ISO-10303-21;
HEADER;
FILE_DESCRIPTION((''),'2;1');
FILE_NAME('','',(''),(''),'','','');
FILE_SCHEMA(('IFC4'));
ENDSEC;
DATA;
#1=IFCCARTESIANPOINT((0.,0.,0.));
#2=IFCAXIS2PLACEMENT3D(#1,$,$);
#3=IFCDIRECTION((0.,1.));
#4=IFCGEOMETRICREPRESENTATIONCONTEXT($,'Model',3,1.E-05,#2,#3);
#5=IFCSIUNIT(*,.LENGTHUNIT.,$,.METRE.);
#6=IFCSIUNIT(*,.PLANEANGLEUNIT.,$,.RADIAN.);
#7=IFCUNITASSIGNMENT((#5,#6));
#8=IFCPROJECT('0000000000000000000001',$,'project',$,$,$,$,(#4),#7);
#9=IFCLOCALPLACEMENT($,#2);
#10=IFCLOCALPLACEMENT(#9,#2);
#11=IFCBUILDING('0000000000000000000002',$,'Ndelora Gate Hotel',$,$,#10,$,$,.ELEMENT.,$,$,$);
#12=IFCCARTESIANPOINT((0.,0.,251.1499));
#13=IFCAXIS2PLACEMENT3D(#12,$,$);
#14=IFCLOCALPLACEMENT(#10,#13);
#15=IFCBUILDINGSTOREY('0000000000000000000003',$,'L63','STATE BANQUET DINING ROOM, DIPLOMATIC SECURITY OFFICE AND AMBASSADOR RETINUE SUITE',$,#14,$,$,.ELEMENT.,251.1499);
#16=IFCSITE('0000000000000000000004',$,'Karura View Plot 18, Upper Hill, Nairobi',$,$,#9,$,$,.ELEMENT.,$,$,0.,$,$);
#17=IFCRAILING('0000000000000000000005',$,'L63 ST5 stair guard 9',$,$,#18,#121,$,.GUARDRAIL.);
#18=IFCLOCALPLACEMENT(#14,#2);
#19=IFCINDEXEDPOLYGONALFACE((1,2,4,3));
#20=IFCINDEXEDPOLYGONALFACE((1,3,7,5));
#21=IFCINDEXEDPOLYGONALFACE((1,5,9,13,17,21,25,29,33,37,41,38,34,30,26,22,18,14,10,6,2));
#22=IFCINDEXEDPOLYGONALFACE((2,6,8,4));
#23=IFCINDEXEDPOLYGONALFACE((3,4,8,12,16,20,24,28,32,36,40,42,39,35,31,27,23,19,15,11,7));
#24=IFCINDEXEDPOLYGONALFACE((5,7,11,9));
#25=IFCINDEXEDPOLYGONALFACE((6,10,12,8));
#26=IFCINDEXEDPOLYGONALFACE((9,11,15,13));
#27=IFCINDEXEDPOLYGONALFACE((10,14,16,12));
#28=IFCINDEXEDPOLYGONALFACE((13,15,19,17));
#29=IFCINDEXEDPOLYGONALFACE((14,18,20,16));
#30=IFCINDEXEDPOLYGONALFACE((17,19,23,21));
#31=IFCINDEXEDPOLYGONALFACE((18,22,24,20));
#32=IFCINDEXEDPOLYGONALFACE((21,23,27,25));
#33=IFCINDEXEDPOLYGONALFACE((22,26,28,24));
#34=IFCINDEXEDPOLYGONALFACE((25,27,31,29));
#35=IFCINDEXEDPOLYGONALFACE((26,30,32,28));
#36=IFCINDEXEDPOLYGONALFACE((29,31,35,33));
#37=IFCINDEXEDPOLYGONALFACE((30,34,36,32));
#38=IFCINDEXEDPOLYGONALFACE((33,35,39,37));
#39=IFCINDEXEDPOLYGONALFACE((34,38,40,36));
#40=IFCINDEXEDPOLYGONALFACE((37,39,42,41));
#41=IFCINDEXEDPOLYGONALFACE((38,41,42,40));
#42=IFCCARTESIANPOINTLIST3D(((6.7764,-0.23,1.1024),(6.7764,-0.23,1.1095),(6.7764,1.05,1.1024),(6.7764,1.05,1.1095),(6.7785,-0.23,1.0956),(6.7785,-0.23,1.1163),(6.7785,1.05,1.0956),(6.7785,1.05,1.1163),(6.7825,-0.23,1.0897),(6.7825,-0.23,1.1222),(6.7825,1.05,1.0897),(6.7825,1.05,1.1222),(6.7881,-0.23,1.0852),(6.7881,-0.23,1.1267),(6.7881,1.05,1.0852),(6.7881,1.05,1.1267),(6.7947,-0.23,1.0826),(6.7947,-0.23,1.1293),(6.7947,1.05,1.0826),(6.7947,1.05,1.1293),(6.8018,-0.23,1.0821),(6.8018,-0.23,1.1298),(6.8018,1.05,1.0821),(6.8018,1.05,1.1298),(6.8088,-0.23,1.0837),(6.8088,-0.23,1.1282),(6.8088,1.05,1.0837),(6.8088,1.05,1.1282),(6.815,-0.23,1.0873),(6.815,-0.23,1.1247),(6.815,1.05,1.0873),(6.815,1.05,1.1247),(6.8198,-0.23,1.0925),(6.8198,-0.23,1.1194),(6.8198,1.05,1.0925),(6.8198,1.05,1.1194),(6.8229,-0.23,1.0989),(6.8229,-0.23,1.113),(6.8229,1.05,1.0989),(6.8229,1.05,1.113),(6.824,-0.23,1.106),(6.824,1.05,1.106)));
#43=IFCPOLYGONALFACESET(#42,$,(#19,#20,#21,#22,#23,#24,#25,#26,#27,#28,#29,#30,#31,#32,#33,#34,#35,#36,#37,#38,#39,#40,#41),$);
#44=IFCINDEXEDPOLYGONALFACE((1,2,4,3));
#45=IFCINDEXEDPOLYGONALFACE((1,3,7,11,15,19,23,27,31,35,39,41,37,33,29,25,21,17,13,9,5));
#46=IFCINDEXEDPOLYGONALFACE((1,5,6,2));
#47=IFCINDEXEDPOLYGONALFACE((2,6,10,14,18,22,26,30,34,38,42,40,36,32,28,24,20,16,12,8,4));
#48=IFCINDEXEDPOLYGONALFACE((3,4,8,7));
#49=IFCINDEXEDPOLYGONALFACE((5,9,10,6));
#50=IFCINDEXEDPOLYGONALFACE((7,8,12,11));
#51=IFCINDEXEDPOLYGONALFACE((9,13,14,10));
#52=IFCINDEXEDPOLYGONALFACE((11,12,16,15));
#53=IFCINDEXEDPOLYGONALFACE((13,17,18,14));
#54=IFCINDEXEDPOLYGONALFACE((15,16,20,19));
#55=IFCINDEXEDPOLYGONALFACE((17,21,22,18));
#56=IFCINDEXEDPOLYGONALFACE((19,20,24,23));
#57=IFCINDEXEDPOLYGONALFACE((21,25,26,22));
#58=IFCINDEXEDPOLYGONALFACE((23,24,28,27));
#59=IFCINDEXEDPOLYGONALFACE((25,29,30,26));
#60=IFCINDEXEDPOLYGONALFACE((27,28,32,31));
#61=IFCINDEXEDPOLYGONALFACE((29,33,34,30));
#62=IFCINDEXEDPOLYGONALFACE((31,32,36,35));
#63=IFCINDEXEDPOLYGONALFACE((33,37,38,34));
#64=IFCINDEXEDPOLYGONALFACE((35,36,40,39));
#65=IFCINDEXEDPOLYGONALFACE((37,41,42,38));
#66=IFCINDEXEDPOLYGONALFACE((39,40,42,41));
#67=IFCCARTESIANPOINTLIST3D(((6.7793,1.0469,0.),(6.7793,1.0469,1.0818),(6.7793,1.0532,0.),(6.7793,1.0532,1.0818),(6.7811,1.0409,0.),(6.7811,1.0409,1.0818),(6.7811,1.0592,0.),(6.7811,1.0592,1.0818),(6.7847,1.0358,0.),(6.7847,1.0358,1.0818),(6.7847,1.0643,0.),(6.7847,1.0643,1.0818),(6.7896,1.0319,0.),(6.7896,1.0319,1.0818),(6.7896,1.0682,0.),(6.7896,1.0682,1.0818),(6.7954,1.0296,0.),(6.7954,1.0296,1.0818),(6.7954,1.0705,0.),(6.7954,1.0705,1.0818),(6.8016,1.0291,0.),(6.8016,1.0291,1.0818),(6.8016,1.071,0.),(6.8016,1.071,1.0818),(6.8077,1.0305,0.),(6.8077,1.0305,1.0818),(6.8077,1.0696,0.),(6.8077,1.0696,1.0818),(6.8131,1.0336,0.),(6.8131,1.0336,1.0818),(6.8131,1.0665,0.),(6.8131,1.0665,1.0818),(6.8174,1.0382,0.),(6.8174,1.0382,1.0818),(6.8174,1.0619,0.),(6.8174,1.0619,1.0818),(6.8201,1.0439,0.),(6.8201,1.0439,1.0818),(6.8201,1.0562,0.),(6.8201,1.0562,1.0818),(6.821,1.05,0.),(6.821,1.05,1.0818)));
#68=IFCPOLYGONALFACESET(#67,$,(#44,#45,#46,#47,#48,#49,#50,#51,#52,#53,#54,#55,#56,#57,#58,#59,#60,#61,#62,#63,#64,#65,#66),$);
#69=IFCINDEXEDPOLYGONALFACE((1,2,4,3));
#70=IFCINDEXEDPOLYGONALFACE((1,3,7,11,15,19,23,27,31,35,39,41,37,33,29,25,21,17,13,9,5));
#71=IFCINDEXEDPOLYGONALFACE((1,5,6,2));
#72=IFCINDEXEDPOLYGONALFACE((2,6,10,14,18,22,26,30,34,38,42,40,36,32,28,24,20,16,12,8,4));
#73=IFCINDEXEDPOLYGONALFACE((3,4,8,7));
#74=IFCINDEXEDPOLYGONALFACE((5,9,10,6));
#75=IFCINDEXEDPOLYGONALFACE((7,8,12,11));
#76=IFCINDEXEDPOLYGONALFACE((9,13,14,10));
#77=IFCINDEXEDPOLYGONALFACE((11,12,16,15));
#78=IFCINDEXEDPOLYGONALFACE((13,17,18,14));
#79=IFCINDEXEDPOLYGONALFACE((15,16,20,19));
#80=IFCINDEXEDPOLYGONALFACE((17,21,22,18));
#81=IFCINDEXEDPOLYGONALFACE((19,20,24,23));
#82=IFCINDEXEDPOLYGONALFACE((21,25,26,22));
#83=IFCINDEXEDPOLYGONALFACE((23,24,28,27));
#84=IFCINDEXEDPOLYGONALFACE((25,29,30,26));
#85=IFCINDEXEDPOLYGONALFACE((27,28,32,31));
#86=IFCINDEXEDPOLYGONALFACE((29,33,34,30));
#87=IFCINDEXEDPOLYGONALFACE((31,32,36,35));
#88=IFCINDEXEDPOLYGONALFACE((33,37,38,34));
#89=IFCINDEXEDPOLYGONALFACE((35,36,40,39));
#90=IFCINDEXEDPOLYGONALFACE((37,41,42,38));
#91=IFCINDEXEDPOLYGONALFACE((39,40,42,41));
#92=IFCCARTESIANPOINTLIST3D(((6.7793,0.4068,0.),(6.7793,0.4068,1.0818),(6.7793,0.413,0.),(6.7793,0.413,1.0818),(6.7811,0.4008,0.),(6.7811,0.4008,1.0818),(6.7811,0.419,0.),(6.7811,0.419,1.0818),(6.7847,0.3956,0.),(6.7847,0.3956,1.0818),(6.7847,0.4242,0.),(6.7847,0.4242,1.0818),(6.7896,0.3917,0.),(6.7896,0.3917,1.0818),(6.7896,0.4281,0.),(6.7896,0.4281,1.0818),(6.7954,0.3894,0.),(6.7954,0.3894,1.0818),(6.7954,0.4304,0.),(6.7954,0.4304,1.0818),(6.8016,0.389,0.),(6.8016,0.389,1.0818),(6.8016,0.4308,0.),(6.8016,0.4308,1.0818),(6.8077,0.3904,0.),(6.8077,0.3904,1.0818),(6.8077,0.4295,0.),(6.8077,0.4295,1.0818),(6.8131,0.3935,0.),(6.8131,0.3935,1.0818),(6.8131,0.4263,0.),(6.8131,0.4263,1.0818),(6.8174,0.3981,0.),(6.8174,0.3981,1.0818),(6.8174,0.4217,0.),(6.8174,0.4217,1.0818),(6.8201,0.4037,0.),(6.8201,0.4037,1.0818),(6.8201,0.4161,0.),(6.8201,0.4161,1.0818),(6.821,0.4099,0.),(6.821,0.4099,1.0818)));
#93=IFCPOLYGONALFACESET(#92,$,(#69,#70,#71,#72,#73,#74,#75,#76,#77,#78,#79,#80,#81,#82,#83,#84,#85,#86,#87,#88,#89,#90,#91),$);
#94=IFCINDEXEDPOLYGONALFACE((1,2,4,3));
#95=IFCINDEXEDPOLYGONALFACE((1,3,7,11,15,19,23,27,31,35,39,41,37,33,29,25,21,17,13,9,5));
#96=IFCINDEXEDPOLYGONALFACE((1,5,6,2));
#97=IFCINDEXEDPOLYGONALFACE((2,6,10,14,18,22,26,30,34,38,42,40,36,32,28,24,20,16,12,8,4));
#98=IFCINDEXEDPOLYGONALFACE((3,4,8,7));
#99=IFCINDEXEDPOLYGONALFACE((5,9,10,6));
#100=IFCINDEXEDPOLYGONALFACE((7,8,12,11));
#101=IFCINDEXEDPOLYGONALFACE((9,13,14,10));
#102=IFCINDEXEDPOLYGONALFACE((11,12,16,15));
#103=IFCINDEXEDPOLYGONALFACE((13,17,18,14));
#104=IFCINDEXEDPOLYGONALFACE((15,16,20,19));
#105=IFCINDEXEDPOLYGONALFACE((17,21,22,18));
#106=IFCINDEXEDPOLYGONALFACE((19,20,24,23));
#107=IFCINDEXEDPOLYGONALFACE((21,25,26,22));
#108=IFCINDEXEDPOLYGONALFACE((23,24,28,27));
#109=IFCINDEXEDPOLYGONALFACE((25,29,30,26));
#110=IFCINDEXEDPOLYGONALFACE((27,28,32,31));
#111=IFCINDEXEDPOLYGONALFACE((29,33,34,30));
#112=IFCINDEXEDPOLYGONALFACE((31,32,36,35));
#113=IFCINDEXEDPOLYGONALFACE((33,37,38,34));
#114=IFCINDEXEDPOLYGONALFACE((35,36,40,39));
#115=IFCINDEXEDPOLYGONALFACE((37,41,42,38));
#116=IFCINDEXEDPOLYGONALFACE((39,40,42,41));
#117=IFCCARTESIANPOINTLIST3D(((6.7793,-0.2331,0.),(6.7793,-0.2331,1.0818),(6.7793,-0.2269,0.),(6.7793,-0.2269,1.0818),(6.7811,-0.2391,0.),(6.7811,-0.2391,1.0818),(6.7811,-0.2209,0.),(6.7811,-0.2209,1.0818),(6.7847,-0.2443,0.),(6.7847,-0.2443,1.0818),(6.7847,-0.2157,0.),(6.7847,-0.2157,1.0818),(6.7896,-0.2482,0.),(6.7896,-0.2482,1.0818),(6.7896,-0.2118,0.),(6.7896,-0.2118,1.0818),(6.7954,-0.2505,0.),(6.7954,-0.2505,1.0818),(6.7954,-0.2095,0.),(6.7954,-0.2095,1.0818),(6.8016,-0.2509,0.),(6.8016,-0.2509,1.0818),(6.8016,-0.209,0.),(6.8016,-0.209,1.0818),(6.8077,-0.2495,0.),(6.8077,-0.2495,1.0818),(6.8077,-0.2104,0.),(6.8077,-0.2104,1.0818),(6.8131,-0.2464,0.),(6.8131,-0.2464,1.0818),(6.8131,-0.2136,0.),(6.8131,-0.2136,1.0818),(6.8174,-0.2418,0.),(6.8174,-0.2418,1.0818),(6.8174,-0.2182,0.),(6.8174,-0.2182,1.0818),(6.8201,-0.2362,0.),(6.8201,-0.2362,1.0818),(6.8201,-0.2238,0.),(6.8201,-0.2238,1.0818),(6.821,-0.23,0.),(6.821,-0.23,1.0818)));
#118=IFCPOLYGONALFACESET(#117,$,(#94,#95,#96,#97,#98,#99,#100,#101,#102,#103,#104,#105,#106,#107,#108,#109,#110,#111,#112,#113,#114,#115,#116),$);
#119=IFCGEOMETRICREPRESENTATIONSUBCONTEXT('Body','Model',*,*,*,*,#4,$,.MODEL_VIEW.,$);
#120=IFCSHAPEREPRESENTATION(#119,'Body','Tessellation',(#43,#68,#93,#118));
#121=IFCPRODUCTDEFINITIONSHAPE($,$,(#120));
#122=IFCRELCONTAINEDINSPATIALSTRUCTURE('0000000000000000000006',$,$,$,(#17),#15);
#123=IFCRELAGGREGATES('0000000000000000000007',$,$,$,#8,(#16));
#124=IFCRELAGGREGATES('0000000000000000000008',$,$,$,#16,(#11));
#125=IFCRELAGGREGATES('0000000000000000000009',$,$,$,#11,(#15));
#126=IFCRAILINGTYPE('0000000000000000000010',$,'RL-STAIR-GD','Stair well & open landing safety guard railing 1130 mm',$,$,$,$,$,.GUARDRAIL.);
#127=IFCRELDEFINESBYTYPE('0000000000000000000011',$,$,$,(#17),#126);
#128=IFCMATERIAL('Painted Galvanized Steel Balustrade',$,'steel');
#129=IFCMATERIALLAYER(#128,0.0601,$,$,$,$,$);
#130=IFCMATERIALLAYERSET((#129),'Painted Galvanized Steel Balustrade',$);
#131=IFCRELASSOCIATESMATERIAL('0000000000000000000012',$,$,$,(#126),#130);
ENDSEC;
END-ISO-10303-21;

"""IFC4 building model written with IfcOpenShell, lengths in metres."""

from ifc_helpers import new_model, si_unit, direction, frame, origin, origin_2d, place, context, subcontext, project, spatial, circle, extrude, material, layer, layer_set, type_object, element, save


model = new_model("IFC4")

# Units and contexts
model_context = context("Model", 3, precision=1e-05, world=origin(), true_north=direction((0.0, 1.0)))
body_context = subcontext(model_context, "Body", "Model", "MODEL_VIEW")
ifc_project = project(units=[si_unit("LENGTHUNIT", "METRE"), si_unit("PLANEANGLEUNIT", "RADIAN")], contexts=[model_context])

# Site, building, storey
site_placement = place(None, origin())
site = spatial("IfcSite", under=ifc_project, at=site_placement, Name="Karura View Plot 18, Upper Hill, Nairobi", CompositionType="ELEMENT", RefElevation=0.0)
building_placement = place(site_placement, origin())
building = spatial("IfcBuilding", under=site, at=building_placement, Name="Ndelora Gate Hotel", CompositionType="ELEMENT")
storey_placement = place(building_placement, frame((0.0, 0.0, 251.1499)))
storey = spatial("IfcBuildingStorey", under=building, at=storey_placement, Name="L63", Description="STATE BANQUET DINING ROOM, DIPLOMATIC SECURITY OFFICE AND AMBASSADOR RETINUE SUITE", CompositionType="ELEMENT", Elevation=251.1499)

# Railing
ifc_material_1 = material(Name="Painted Galvanized Steel Balustrade", Category="steel")
ifc_layer_1 = layer(ifc_material_1, 0.0601)
ifc_layer_set_1 = layer_set([ifc_layer_1], Name="Painted Galvanized Steel Balustrade")
railing_type = type_object("IfcRailingType", Name="RL-STAIR-GD", Description="Stair well & open landing safety guard railing 1130 mm", PredefinedType="GUARDRAIL", material=ifc_layer_set_1)
for number, where, name in (
    (1, (6.8, 1.05, 0.0), "L63 ST5 stair guard 9"),
):
    element("IfcRailing", number, at=place(storey_placement, frame(where)), inside=storey, type_object=railing_type, Name=name, PredefinedType="GUARDRAIL", context=body_context, shape_type="SweptSolid", body=[
        extrude(circle(Radius=0.0239, at=origin_2d()), frame((0.0, 0.0, 1.106), z_axis=(0.0, -1.0, 0.0), x_axis=(1.0, 0.0, 0.0)), (0.0, 0.0, 1.0), 1.28),
        extrude(circle(Radius=0.021, at=origin_2d()), origin(), (0.0, 0.0, 1.0), 1.0818),
        extrude(circle(Radius=0.021, at=origin_2d()), frame((0.0, -0.6401, 0.0)), (0.0, 0.0, 1.0), 1.0818),
        extrude(circle(Radius=0.021, at=origin_2d()), frame((0.0, -1.28, 0.0)), (0.0, 0.0, 1.0), 1.0818),
    ])

save(model, "model.ifc")
